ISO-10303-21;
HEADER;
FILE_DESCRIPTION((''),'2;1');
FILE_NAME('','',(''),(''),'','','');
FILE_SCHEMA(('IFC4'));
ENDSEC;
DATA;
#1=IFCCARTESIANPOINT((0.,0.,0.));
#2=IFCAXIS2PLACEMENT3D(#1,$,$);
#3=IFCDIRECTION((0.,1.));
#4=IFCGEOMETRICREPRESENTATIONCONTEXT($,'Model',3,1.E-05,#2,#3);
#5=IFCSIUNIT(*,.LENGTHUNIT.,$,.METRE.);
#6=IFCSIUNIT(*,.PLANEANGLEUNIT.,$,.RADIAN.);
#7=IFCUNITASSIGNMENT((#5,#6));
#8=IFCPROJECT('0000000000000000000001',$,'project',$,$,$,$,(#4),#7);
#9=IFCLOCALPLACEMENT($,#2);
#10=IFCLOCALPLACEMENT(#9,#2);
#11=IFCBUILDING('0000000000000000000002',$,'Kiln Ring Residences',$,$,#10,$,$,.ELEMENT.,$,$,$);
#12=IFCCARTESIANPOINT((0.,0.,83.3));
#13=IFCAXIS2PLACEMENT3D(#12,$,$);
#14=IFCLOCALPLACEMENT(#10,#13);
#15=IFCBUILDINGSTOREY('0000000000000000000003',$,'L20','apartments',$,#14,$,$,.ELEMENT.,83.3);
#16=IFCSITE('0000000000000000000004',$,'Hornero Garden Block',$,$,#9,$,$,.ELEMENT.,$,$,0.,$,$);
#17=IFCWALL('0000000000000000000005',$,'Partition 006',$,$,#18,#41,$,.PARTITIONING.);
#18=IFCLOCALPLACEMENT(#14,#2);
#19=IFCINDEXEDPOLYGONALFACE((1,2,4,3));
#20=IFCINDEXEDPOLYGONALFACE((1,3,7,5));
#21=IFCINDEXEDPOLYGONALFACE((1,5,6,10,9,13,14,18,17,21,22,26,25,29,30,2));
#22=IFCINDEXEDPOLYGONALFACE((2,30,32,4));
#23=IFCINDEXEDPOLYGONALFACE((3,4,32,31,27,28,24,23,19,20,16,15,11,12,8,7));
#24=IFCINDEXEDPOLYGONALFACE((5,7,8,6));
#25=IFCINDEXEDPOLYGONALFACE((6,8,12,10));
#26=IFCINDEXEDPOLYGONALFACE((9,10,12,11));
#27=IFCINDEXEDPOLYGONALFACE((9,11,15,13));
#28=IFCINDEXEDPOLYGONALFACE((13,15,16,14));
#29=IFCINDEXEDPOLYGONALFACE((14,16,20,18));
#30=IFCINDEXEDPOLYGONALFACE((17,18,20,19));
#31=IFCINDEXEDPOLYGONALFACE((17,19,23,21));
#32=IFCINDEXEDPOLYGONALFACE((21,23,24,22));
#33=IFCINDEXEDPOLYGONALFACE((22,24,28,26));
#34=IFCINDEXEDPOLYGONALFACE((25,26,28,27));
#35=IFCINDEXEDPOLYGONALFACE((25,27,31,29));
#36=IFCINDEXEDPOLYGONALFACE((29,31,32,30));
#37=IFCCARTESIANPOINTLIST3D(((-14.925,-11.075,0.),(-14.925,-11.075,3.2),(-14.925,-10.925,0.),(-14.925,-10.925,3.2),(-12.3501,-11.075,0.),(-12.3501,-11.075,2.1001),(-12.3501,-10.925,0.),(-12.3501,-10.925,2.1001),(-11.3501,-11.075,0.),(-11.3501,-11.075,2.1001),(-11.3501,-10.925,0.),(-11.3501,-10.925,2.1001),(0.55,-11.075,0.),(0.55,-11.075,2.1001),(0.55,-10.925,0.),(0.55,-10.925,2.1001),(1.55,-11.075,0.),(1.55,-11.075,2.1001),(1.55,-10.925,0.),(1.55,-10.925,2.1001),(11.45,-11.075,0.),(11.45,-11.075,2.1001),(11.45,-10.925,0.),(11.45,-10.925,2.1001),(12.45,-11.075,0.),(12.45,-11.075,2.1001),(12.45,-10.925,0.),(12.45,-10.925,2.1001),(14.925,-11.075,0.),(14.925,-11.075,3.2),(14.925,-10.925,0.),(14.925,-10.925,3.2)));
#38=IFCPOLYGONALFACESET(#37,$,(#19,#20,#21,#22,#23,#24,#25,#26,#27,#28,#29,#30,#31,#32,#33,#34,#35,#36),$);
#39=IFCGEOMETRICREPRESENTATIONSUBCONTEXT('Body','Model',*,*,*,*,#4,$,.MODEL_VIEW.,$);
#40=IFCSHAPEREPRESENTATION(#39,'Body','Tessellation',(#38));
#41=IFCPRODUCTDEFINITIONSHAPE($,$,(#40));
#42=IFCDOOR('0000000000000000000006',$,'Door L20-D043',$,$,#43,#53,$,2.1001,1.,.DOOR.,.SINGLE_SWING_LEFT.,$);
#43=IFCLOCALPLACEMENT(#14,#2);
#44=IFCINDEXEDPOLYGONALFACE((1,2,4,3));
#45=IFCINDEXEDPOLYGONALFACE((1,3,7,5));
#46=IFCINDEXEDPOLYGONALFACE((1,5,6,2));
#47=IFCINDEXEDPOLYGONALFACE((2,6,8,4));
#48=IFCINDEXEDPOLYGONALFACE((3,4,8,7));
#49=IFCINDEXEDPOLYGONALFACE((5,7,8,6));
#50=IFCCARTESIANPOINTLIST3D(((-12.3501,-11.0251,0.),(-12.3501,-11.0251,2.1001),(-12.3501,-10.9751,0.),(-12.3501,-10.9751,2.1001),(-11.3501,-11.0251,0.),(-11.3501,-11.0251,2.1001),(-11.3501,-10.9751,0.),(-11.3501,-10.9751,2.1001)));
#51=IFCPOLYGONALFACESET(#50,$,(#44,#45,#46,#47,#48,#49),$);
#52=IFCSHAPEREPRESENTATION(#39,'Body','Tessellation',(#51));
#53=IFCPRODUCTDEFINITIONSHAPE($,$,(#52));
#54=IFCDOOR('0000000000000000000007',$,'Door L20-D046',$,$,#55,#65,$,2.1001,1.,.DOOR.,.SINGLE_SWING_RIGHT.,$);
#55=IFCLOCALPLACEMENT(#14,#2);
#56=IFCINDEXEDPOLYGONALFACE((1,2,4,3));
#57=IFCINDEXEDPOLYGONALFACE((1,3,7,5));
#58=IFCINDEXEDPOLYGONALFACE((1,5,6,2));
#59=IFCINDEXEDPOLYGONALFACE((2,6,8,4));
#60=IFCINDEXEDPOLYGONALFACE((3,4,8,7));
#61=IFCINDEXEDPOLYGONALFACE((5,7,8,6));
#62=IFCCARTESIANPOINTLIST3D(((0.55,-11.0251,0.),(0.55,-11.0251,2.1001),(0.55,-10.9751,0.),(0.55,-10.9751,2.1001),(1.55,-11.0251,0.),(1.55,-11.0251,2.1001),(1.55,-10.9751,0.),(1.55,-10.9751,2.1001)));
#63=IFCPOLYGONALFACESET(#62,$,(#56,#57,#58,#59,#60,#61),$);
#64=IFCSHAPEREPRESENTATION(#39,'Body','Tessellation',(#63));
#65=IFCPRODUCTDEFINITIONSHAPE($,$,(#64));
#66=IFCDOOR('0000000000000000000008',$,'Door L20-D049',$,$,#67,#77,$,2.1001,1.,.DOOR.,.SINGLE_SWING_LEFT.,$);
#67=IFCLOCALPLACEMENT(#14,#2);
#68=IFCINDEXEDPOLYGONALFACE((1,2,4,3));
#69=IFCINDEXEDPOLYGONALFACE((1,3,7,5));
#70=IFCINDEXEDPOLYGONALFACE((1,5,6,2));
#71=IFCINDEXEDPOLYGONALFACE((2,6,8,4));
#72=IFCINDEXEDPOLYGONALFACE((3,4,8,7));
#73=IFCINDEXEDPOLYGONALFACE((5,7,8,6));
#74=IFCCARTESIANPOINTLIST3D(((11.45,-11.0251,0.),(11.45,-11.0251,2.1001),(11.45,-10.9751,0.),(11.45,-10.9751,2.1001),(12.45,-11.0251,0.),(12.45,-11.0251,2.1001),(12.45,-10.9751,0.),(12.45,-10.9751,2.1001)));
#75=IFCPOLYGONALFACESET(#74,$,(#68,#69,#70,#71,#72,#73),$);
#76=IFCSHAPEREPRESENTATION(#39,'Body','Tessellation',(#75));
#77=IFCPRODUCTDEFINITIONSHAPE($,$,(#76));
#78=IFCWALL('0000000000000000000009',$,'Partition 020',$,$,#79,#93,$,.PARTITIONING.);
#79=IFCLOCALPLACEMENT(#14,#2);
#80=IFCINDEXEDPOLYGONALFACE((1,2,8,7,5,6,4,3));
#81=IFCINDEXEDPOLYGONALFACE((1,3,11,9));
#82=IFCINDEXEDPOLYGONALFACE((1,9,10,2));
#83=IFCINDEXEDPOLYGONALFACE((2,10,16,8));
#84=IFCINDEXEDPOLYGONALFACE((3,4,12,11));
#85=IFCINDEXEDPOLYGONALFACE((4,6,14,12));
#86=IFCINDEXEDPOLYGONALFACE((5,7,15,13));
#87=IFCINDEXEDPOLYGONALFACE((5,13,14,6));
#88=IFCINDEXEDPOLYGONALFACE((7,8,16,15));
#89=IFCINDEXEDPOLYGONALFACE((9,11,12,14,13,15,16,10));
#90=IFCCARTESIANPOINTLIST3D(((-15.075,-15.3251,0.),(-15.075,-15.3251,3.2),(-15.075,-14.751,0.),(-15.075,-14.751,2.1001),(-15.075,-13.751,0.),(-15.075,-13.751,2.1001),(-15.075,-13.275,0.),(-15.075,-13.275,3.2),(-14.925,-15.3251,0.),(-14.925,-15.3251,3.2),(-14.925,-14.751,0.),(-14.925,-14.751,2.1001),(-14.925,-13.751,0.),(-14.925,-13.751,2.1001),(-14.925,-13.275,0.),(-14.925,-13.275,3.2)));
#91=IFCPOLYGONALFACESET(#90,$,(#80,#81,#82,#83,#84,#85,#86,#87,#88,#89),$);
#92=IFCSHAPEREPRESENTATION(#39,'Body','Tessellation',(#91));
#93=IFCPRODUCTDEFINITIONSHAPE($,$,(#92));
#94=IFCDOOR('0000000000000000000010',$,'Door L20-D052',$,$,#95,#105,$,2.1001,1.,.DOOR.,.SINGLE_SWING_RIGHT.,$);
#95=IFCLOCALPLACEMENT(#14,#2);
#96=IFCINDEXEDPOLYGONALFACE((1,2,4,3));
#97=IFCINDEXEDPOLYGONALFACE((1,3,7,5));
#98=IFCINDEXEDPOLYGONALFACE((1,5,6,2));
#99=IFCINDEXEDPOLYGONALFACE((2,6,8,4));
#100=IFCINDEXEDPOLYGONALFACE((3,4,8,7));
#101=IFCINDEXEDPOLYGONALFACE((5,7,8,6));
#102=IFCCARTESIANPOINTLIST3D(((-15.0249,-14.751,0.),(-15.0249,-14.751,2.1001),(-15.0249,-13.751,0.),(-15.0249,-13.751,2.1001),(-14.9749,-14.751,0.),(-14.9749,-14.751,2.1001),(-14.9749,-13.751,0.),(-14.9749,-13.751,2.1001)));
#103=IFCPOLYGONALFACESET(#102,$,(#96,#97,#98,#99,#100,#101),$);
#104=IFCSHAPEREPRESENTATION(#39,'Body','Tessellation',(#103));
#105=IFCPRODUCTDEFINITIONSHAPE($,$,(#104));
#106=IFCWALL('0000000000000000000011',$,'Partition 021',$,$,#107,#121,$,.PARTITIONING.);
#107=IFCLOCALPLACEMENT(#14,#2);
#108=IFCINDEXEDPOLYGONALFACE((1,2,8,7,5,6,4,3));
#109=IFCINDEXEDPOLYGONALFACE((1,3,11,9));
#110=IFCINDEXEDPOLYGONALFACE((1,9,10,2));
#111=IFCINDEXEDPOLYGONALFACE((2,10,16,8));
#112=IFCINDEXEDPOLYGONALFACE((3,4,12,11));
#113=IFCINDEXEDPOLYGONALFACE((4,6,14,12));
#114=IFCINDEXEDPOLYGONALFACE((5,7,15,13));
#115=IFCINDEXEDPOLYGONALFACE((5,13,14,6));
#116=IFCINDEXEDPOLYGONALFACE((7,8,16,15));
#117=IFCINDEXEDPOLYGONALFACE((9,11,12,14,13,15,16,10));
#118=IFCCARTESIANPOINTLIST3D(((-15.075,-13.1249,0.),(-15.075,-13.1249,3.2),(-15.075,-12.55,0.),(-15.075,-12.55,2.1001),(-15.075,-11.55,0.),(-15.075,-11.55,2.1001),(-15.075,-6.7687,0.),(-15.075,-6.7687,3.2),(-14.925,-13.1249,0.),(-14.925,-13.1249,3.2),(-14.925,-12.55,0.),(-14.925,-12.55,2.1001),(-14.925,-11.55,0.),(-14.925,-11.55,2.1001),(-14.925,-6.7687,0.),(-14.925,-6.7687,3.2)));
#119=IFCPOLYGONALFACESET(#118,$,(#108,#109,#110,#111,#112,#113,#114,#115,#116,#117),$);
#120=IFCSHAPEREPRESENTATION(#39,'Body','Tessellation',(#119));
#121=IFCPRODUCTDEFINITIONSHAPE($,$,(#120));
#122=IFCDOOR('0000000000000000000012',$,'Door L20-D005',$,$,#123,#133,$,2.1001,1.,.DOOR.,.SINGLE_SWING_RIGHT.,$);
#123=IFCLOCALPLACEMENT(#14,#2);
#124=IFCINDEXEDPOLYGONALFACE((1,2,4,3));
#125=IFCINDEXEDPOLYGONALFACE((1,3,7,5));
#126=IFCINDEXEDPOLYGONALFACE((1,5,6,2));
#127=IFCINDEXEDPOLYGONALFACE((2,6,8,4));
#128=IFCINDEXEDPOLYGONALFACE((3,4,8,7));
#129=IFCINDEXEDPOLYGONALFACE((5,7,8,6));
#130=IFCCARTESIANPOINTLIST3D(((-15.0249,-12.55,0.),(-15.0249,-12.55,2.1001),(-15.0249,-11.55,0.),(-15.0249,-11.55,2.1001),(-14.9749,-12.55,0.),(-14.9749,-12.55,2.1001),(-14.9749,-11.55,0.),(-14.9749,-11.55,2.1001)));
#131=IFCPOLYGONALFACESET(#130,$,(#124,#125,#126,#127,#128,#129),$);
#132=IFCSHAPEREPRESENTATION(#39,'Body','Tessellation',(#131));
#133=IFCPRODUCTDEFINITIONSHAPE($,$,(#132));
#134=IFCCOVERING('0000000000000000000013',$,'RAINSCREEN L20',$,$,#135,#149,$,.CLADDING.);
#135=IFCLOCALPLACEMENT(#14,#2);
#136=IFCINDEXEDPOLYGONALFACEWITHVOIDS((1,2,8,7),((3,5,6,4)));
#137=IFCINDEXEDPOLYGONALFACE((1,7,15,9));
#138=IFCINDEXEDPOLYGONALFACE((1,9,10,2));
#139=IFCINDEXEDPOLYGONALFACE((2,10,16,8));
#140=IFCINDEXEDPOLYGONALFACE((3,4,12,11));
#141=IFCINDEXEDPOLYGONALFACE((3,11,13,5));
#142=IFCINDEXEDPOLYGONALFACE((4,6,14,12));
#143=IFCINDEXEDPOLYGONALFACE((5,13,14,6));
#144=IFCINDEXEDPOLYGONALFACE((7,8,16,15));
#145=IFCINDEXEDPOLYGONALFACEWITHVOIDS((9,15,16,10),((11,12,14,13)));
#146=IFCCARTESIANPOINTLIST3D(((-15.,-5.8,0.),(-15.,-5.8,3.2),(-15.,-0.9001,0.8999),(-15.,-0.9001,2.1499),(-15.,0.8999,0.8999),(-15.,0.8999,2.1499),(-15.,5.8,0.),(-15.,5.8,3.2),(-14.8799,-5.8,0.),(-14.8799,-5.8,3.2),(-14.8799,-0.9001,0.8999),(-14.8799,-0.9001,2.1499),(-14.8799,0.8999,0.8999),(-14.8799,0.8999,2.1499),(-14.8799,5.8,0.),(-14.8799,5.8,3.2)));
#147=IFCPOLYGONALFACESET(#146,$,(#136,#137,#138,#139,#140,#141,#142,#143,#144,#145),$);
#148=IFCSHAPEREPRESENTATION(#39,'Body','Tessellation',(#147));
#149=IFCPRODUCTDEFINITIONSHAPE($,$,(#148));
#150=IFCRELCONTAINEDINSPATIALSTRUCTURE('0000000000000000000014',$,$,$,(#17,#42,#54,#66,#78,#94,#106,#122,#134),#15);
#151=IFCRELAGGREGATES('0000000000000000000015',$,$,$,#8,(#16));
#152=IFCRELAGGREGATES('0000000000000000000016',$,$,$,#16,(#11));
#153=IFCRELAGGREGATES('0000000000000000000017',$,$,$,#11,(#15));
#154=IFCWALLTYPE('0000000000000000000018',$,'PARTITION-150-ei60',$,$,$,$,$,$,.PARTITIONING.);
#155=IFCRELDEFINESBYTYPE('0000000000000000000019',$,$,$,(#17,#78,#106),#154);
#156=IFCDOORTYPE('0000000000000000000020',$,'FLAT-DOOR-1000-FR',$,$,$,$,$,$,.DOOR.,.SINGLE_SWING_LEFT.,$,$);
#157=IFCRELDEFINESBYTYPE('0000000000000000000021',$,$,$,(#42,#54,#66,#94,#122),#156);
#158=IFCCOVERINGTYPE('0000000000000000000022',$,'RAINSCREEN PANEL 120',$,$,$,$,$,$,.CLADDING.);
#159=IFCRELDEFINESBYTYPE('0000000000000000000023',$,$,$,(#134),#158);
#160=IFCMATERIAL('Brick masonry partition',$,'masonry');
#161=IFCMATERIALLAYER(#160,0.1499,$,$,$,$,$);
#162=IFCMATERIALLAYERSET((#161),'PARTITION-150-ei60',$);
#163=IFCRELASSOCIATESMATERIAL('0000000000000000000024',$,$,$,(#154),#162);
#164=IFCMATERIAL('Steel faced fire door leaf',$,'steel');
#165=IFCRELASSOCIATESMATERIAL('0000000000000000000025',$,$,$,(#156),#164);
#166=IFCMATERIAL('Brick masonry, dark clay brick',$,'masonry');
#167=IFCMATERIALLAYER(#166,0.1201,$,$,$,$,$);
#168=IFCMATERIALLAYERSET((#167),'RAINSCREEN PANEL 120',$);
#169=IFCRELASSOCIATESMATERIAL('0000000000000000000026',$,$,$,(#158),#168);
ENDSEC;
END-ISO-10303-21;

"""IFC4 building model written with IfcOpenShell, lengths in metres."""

from ifc_helpers import new_model, si_unit, direction, frame, frame_2d, origin, place, context, subcontext, project, spatial, polyline, rectangle, outline, extrude, material, layer, layer_set, type_object, element, fill, save


model = new_model("IFC4")

# Units and contexts
model_context = context("Model", 3, precision=1e-05, world=origin(), true_north=direction((0.0, 1.0)))
body_context = subcontext(model_context, "Body", "Model", "MODEL_VIEW")
ifc_project = project(units=[si_unit("LENGTHUNIT", "METRE"), si_unit("PLANEANGLEUNIT", "RADIAN")], contexts=[model_context])

# Site, building, storey
site_placement = place(None, origin())
site = spatial("IfcSite", under=ifc_project, at=site_placement, Name="Hornero Garden Block", CompositionType="ELEMENT", RefElevation=0.0)
building_placement = place(site_placement, origin())
building = spatial("IfcBuilding", under=site, at=building_placement, Name="Kiln Ring Residences", CompositionType="ELEMENT")
storey_placement = place(building_placement, frame((0.0, 0.0, 83.3)))
storey = spatial("IfcBuildingStorey", under=building, at=storey_placement, Name="L20", Description="apartments", CompositionType="ELEMENT", Elevation=83.3)

# Wall, openings, doors
ifc_material_1 = material(Name="Brick masonry partition", Category="masonry")
ifc_layer_1 = layer(ifc_material_1, 0.1499)
ifc_layer_set_1 = layer_set([ifc_layer_1], Name="PARTITION-150-ei60")
wall_type_1 = type_object("IfcWallType", Name="PARTITION-150-ei60", PredefinedType="PARTITIONING", material=ifc_layer_set_1)
ifc_material_2 = material(Name="Steel faced fire door leaf", Category="steel")
door_type_1 = type_object("IfcDoorType", Name="FLAT-DOOR-1000-FR", OperationType="SINGLE_SWING_LEFT", PredefinedType="DOOR", material=ifc_material_2)
wall_1_placement = place(storey_placement, frame((-14.925, -11.0, 0.0), z_axis=(0.0, 0.0, 1.0), x_axis=(1.0, 0.0, 0.0)))
wall_1 = element("IfcWall", 1, at=wall_1_placement, inside=storey, type_object=wall_type_1, Name="Partition 006", PredefinedType="PARTITIONING", context=body_context, shape_type="SweptSolid", body=[
    extrude(rectangle(XDim=29.8501, YDim=0.1499, at=frame_2d((14.925, 0.0))), origin(), (0.0, 0.0, 1.0), 3.2),
])
opening_1_placement = place(wall_1_placement, frame((2.575, 0.0, 0.0)))
opening_1 = element("IfcOpeningElement", 2, at=opening_1_placement, cuts=wall_1, PredefinedType="OPENING", context=body_context, shape_type="SweptSolid", body=[
    extrude(rectangle(XDim=1.0, YDim=2.1001, at=frame_2d((0.5, 1.05))), frame((0.0, 0.085, 0.0), z_axis=(0.0, -1.0, 0.0), x_axis=(1.0, 0.0, 0.0)), (0.0, 0.0, 1.0), 0.1699),
])
opening_2_placement = place(wall_1_placement, frame((15.4751, 0.0, 0.0)))
opening_2 = element("IfcOpeningElement", 3, at=opening_2_placement, cuts=wall_1, PredefinedType="OPENING", context=body_context, shape_type="SweptSolid", body=[
    extrude(rectangle(XDim=1.0, YDim=2.1001, at=frame_2d((0.5, 1.05))), frame((0.0, 0.085, 0.0), z_axis=(0.0, -1.0, 0.0), x_axis=(1.0, 0.0, 0.0)), (0.0, 0.0, 1.0), 0.1699),
])
opening_3_placement = place(wall_1_placement, frame((26.375, 0.0, 0.0)))
opening_3 = element("IfcOpeningElement", 4, at=opening_3_placement, cuts=wall_1, PredefinedType="OPENING", context=body_context, shape_type="SweptSolid", body=[
    extrude(rectangle(XDim=1.0, YDim=2.1001, at=frame_2d((0.5, 1.05))), frame((0.0, 0.085, 0.0), z_axis=(0.0, -1.0, 0.0), x_axis=(1.0, 0.0, 0.0)), (0.0, 0.0, 1.0), 0.1699),
])
door_1_placement = place(opening_1_placement, origin())
door_1 = element("IfcDoor", 5, at=door_1_placement, inside=storey, type_object=door_type_1, Name="Door L20-D043", OperationType="SINGLE_SWING_LEFT", OverallHeight=2.1001, OverallWidth=1.0, PredefinedType="DOOR", context=body_context, shape_type="SweptSolid", body=[
    extrude(rectangle(XDim=1.0, YDim=2.1001, at=frame_2d((0.5, 1.05))), frame((0.0, 0.0249, 0.0), z_axis=(0.0, -1.0, 0.0), x_axis=(1.0, 0.0, 0.0)), (0.0, 0.0, 1.0), 0.05),
])
fill(opening_1, door_1)
door_2_placement = place(opening_2_placement, origin())
door_2 = element("IfcDoor", 6, at=door_2_placement, inside=storey, type_object=door_type_1, Name="Door L20-D046", OperationType="SINGLE_SWING_RIGHT", OverallHeight=2.1001, OverallWidth=1.0, PredefinedType="DOOR", context=body_context, shape_type="SweptSolid", body=[
    extrude(rectangle(XDim=1.0, YDim=2.1001, at=frame_2d((0.5, 1.05))), frame((0.0, 0.0249, 0.0), z_axis=(0.0, -1.0, 0.0), x_axis=(1.0, 0.0, 0.0)), (0.0, 0.0, 1.0), 0.05),
])
fill(opening_2, door_2)
door_3_placement = place(opening_3_placement, origin())
door_3 = element("IfcDoor", 7, at=door_3_placement, inside=storey, type_object=door_type_1, Name="Door L20-D049", OperationType="SINGLE_SWING_LEFT", OverallHeight=2.1001, OverallWidth=1.0, PredefinedType="DOOR", context=body_context, shape_type="SweptSolid", body=[
    extrude(rectangle(XDim=1.0, YDim=2.1001, at=frame_2d((0.5, 1.05))), frame((0.0, 0.0249, 0.0), z_axis=(0.0, -1.0, 0.0), x_axis=(1.0, 0.0, 0.0)), (0.0, 0.0, 1.0), 0.05),
])
fill(opening_3, door_3)

# Walls, openings, doors
wall_2_placement = place(storey_placement, frame((-15.0, -15.325, 0.0), z_axis=(0.0, 0.0, 1.0), x_axis=(0.0, 1.0, 0.0)))
wall_2 = element("IfcWall", 8, at=wall_2_placement, inside=storey, type_object=wall_type_1, Name="Partition 020", PredefinedType="PARTITIONING", context=body_context, shape_type="SweptSolid", body=[
    extrude(rectangle(XDim=2.05, YDim=0.1499, at=frame_2d((1.0249, 0.0))), origin(), (0.0, 0.0, 1.0), 3.2),
])
opening_4_placement = place(wall_2_placement, frame((0.574, 0.0, 0.0)))
opening_4 = element("IfcOpeningElement", 9, at=opening_4_placement, cuts=wall_2, PredefinedType="OPENING", context=body_context, shape_type="SweptSolid", body=[
    extrude(rectangle(XDim=1.0, YDim=2.1001, at=frame_2d((0.5, 1.05))), frame((0.0, 0.085, 0.0), z_axis=(0.0, -1.0, 0.0), x_axis=(1.0, 0.0, 0.0)), (0.0, 0.0, 1.0), 0.1699),
])
door_4_placement = place(opening_4_placement, origin())
door_4 = element("IfcDoor", 10, at=door_4_placement, inside=storey, type_object=door_type_1, Name="Door L20-D052", OperationType="SINGLE_SWING_RIGHT", OverallHeight=2.1001, OverallWidth=1.0, PredefinedType="DOOR", context=body_context, shape_type="SweptSolid", body=[
    extrude(rectangle(XDim=1.0, YDim=2.1001, at=frame_2d((0.5, 1.05))), frame((0.0, 0.0249, 0.0), z_axis=(0.0, -1.0, 0.0), x_axis=(1.0, 0.0, 0.0)), (0.0, 0.0, 1.0), 0.05),
])
fill(opening_4, door_4)
wall_3_placement = place(storey_placement, frame((-15.0, -13.125, 0.0), z_axis=(0.0, 0.0, 1.0), x_axis=(0.0, 1.0, 0.0)))
wall_3 = element("IfcWall", 11, at=wall_3_placement, inside=storey, type_object=wall_type_1, Name="Partition 021", PredefinedType="PARTITIONING", context=body_context, shape_type="SweptSolid", body=[
    extrude(rectangle(XDim=6.3562, YDim=0.1499, at=frame_2d((3.1782, 0.0))), origin(), (0.0, 0.0, 1.0), 3.2),
])
opening_5_placement = place(wall_3_placement, frame((0.575, 0.0, 0.0)))
opening_5 = element("IfcOpeningElement", 12, at=opening_5_placement, cuts=wall_3, PredefinedType="OPENING", context=body_context, shape_type="SweptSolid", body=[
    extrude(rectangle(XDim=1.0, YDim=2.1001, at=frame_2d((0.5, 1.05))), frame((0.0, 0.085, 0.0), z_axis=(0.0, -1.0, 0.0), x_axis=(1.0, 0.0, 0.0)), (0.0, 0.0, 1.0), 0.1699),
])
door_5_placement = place(opening_5_placement, origin())
door_5 = element("IfcDoor", 13, at=door_5_placement, inside=storey, type_object=door_type_1, Name="Door L20-D005", OperationType="SINGLE_SWING_RIGHT", OverallHeight=2.1001, OverallWidth=1.0, PredefinedType="DOOR", context=body_context, shape_type="SweptSolid", body=[
    extrude(rectangle(XDim=1.0, YDim=2.1001, at=frame_2d((0.5, 1.05))), frame((0.0, 0.0249, 0.0), z_axis=(0.0, -1.0, 0.0), x_axis=(1.0, 0.0, 0.0)), (0.0, 0.0, 1.0), 0.05),
])
fill(opening_5, door_5)

# Covering
ifc_material_3 = material(Name="Brick masonry, dark clay brick", Category="masonry")
ifc_layer_2 = layer(ifc_material_3, 0.1201)
ifc_layer_set_2 = layer_set([ifc_layer_2], Name="RAINSCREEN PANEL 120")
covering_type = type_object("IfcCoveringType", Name="RAINSCREEN PANEL 120", PredefinedType="CLADDING", material=ifc_layer_set_2)
covering_placement = place(storey_placement, frame((-14.9399, -5.8, 0.0), z_axis=(0.0, 0.0, 1.0), x_axis=(0.0, 1.0, 0.0)))
element("IfcCovering", 14, at=covering_placement, inside=storey, type_object=covering_type, Name="RAINSCREEN L20", PredefinedType="CLADDING", context=body_context, shape_type="SweptSolid", body=[
    extrude(outline(polyline([(0.0, 0.0), (11.6001, 0.0), (11.6001, 3.2), (0.0, 3.2), (0.0, 0.0)]), holes=[polyline([(4.8999, 2.1499), (4.8999, 0.8999), (6.7, 0.8999), (6.7, 2.1499), (4.8999, 2.1499)])]), frame((0.0, 0.0601, 0.0), z_axis=(0.0, -1.0, 0.0), x_axis=(1.0, 0.0, 0.0)), (0.0, 0.0, 1.0), 0.1201),
])

save(model, "model.ifc")
